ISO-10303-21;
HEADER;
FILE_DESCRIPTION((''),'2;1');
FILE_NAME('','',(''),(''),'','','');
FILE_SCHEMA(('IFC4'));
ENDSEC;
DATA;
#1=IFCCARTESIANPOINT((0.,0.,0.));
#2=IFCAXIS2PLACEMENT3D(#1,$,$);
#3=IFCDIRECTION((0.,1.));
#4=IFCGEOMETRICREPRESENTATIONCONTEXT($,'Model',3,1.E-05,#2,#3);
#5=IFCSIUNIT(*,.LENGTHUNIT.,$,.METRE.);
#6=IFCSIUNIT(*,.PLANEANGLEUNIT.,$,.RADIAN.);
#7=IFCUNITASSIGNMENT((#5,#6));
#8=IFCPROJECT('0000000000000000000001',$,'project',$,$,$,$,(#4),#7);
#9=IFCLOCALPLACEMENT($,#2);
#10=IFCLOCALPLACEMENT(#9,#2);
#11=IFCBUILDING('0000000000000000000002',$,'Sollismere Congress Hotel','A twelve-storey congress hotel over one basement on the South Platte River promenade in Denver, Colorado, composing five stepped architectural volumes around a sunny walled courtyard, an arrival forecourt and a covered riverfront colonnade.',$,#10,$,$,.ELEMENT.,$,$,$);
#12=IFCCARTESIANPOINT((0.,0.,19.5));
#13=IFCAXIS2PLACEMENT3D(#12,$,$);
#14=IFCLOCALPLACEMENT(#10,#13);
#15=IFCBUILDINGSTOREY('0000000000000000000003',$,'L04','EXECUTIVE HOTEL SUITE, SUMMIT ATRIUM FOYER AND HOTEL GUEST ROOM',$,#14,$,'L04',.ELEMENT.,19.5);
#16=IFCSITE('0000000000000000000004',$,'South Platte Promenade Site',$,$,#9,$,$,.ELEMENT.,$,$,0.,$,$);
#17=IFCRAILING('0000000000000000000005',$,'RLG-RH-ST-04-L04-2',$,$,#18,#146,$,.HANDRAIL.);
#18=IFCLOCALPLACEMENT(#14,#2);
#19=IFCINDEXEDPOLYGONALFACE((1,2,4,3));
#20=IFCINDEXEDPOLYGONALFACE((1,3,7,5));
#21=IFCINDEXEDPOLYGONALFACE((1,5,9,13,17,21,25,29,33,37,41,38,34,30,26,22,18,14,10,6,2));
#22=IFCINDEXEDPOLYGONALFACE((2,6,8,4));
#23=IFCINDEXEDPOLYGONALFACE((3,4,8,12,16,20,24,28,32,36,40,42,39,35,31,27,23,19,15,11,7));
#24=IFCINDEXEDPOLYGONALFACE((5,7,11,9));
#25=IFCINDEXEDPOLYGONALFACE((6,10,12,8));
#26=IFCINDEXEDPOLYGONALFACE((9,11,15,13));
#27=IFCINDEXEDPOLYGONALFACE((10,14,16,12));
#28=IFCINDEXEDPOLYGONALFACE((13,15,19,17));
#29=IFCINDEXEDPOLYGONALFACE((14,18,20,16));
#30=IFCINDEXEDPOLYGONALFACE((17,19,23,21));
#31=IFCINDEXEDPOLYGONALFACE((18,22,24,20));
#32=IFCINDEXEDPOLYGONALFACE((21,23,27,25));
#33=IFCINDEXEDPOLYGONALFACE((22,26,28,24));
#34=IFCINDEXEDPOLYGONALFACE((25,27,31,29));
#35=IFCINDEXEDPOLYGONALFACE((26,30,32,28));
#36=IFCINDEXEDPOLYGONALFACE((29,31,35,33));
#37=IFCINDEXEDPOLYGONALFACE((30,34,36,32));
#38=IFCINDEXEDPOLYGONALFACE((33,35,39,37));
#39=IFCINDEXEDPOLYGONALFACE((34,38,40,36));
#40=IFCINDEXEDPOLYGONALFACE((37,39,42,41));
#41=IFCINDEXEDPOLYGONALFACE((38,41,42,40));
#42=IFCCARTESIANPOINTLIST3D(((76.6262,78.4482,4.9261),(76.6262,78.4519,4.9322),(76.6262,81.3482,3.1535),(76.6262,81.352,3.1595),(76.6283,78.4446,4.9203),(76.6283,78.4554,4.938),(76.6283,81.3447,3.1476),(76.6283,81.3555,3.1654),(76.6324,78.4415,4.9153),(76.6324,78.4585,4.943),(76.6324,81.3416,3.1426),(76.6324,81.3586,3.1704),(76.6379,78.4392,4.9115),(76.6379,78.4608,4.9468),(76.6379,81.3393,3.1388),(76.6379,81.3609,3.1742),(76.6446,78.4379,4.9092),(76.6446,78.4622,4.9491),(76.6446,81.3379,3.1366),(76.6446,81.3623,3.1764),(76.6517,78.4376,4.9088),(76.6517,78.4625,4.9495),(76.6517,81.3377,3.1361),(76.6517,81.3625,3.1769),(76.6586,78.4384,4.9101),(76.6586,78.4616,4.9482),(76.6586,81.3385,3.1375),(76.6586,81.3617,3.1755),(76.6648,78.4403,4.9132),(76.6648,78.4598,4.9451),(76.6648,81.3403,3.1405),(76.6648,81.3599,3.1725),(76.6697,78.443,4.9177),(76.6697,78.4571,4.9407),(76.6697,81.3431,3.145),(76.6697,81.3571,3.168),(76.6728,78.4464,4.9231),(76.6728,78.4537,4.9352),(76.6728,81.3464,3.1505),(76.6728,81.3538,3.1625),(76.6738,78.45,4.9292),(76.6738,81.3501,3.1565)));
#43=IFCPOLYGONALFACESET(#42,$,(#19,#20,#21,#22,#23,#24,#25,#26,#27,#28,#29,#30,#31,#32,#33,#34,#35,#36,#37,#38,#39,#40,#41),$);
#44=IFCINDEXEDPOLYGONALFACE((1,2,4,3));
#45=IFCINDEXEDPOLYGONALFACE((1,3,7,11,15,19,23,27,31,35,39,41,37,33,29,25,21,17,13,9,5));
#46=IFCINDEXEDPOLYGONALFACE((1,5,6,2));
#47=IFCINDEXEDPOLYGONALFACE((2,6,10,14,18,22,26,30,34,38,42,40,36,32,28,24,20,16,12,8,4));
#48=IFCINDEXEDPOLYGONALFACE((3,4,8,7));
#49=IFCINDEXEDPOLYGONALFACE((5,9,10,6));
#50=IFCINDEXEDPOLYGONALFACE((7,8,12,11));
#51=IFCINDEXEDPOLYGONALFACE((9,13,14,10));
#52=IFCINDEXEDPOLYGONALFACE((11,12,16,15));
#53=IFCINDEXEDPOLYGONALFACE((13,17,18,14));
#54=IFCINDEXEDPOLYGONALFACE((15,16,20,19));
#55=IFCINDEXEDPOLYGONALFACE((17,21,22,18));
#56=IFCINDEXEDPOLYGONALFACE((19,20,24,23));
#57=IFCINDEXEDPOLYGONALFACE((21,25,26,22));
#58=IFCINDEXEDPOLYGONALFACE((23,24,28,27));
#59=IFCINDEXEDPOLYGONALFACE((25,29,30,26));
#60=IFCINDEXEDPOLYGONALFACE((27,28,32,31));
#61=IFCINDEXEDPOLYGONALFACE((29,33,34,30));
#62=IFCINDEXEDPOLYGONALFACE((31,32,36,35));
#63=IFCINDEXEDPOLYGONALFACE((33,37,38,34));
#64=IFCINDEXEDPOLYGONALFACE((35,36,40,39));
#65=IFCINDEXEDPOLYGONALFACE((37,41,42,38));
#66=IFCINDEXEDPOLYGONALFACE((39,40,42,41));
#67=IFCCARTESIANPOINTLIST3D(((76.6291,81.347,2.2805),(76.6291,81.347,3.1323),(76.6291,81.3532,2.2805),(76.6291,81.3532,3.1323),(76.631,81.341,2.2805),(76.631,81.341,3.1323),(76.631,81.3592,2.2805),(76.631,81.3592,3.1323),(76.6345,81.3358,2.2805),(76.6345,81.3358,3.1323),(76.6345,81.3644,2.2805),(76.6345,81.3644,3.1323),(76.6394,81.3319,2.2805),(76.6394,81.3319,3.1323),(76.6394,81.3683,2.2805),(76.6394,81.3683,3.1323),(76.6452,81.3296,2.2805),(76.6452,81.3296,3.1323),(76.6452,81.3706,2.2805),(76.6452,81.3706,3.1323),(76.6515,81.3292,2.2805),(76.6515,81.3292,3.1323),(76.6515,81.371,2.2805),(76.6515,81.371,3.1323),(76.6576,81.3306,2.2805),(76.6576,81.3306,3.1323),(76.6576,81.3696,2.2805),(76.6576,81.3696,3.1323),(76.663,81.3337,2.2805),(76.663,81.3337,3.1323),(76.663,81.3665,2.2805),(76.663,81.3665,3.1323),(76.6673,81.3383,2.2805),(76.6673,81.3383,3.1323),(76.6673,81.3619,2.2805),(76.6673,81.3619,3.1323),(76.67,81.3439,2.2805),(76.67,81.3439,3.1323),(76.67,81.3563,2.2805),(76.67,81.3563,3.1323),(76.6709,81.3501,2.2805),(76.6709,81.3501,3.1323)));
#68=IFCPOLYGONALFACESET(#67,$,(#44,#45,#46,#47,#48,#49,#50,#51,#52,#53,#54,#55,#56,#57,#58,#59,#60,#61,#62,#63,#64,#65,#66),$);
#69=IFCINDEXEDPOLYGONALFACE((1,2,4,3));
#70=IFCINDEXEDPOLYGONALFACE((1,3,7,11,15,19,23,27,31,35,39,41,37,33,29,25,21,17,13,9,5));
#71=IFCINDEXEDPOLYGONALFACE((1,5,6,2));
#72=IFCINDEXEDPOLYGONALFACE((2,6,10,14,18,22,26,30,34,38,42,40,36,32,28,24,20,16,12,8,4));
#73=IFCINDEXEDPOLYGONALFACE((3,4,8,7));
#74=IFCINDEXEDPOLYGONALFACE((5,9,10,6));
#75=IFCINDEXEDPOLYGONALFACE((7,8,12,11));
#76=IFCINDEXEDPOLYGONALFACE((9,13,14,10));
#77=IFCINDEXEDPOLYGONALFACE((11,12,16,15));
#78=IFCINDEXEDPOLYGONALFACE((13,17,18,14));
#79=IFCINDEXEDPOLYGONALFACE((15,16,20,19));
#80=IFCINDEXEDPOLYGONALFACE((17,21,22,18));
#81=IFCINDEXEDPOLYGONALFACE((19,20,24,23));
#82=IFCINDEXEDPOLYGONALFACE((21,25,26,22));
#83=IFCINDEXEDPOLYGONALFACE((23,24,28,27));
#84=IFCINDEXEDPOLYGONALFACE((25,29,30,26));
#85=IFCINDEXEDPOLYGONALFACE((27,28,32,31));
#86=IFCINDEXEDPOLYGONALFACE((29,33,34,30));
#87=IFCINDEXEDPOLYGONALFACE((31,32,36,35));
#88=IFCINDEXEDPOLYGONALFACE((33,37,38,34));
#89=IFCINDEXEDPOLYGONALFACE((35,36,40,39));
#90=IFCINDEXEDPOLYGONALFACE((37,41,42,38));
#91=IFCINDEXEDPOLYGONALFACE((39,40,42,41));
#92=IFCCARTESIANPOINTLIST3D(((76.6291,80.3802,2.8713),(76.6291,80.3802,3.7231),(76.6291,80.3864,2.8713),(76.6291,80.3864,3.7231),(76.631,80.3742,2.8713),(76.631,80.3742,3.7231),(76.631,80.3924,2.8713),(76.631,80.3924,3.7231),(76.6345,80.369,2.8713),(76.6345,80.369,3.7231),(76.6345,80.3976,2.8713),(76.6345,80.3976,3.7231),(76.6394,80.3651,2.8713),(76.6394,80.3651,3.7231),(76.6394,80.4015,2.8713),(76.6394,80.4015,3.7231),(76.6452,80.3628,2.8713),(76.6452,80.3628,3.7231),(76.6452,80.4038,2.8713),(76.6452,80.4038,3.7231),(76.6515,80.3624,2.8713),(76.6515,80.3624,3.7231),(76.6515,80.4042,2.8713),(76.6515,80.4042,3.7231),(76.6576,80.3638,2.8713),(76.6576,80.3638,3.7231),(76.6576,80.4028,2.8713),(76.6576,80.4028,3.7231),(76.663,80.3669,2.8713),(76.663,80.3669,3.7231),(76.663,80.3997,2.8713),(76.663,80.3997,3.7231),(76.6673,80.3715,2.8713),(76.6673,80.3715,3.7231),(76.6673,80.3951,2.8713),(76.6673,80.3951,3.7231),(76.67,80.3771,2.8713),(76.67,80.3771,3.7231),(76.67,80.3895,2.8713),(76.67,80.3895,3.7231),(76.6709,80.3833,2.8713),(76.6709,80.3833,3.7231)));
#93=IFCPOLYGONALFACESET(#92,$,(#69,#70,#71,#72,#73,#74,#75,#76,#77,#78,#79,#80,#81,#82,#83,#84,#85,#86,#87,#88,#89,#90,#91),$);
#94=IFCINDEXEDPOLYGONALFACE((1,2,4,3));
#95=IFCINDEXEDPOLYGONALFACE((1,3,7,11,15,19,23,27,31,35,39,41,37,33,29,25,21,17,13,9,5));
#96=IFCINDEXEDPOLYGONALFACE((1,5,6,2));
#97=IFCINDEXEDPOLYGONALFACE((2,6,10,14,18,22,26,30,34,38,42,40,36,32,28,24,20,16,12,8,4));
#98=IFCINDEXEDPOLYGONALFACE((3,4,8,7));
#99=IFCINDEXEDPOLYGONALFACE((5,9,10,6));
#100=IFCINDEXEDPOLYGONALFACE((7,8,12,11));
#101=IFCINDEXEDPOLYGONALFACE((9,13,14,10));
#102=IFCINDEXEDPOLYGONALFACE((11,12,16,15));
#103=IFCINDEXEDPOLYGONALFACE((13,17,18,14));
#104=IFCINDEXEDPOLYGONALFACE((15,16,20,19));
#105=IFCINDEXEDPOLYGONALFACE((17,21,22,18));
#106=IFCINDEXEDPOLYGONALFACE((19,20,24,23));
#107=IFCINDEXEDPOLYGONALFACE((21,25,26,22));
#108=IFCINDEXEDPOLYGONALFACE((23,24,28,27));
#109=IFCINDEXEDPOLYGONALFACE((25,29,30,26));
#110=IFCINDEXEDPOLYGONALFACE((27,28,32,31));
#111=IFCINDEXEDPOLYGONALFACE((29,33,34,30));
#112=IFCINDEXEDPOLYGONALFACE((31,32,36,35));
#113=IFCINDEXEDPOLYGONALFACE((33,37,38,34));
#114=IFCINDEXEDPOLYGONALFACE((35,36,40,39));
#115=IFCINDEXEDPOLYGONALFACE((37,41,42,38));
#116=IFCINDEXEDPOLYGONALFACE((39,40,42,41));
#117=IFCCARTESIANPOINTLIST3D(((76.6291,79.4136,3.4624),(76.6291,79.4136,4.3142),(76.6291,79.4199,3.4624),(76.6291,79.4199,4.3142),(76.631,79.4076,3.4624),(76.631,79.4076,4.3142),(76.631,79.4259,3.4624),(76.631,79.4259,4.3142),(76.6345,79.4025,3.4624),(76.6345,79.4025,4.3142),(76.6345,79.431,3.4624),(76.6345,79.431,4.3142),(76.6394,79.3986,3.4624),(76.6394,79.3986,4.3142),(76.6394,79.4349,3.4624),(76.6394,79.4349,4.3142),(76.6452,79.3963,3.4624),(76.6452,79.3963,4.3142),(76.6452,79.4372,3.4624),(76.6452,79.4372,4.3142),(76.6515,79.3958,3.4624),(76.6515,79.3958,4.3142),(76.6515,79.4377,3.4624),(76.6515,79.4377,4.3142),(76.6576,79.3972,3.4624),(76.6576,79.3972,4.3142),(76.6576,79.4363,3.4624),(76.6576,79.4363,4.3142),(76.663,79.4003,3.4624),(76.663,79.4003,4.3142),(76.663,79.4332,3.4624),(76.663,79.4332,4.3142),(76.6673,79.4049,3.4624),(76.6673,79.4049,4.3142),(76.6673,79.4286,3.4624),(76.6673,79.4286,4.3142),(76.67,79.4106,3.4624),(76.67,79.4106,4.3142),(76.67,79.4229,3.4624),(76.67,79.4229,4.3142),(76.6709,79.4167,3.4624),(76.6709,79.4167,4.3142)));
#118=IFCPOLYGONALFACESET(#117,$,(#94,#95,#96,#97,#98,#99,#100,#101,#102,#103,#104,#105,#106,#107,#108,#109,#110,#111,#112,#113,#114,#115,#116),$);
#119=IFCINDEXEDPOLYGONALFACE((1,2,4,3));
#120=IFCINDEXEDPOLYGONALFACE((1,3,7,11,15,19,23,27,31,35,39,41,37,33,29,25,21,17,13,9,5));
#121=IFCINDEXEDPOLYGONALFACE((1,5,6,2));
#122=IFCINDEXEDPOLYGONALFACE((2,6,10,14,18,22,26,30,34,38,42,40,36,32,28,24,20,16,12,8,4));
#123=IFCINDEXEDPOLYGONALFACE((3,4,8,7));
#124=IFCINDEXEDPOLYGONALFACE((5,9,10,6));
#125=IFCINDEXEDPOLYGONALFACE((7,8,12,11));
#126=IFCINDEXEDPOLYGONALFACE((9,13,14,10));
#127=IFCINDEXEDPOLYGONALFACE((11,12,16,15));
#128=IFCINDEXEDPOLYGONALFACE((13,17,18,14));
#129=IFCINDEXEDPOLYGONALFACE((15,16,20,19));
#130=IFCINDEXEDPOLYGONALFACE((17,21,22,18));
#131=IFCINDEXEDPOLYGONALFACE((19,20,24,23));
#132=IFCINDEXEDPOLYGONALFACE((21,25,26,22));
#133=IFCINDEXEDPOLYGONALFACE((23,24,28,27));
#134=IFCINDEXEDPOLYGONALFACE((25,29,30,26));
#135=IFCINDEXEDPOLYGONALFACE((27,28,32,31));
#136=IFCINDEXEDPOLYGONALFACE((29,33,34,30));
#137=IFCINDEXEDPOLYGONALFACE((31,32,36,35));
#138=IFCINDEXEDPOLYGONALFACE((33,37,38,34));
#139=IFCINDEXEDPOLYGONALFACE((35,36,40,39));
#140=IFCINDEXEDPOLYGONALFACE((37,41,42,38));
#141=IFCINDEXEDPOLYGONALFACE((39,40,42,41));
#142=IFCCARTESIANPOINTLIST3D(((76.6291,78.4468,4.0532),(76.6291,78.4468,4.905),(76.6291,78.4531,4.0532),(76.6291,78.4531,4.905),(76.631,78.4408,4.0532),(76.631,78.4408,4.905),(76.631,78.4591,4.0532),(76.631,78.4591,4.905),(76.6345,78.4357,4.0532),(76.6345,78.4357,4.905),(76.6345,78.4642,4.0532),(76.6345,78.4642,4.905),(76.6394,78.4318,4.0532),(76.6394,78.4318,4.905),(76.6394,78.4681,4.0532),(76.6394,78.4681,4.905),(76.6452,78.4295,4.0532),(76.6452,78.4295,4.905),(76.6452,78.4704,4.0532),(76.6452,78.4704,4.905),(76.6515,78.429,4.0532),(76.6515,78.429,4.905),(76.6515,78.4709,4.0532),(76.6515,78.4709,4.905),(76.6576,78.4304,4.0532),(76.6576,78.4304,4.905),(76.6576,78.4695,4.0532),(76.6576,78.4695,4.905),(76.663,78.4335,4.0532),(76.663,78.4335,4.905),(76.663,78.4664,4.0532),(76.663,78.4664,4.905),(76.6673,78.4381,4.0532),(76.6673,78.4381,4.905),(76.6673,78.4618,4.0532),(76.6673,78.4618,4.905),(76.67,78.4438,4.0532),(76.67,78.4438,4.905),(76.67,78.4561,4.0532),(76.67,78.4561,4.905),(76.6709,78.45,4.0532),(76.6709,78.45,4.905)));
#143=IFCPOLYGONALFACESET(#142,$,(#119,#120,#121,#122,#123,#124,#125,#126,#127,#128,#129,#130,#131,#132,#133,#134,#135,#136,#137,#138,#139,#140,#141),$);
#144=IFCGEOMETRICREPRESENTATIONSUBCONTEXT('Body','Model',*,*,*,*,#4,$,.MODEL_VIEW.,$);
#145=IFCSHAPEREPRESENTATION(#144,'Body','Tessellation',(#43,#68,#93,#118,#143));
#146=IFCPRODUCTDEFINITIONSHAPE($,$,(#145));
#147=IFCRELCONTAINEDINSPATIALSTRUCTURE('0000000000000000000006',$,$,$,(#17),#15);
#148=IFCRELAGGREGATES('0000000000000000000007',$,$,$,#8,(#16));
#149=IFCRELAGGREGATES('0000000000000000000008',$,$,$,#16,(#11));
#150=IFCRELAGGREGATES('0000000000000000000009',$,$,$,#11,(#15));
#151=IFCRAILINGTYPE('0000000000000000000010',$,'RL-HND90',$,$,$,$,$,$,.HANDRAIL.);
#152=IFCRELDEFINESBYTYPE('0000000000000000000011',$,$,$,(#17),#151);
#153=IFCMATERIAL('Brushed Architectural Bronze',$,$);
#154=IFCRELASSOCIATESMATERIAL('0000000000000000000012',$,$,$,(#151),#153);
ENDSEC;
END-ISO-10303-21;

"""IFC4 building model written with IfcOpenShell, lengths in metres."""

from ifc_helpers import new_model, si_unit, direction, frame, origin, origin_2d, place, context, subcontext, project, spatial, circle, extrude, material, type_object, element, save


model = new_model("IFC4")

# Units and contexts
model_context = context("Model", 3, precision=1e-05, world=origin(), true_north=direction((0.0, 1.0)))
body_context = subcontext(model_context, "Body", "Model", "MODEL_VIEW")
ifc_project = project(units=[si_unit("LENGTHUNIT", "METRE"), si_unit("PLANEANGLEUNIT", "RADIAN")], contexts=[model_context])

# Site, building, storey
site_placement = place(None, origin())
site = spatial("IfcSite", under=ifc_project, at=site_placement, Name="South Platte Promenade Site", CompositionType="ELEMENT", RefElevation=0.0)
building_placement = place(site_placement, origin())
building = spatial("IfcBuilding", under=site, at=building_placement, Name="Sollismere Congress Hotel", Description="A twelve-storey congress hotel over one basement on the South Platte River promenade in Denver, Colorado, composing five stepped architectural volumes around a sunny walled courtyard, an arrival forecourt and a covered riverfront colonnade.", CompositionType="ELEMENT")
storey_placement = place(building_placement, frame((0.0, 0.0, 19.5)))
storey = spatial("IfcBuildingStorey", under=building, at=storey_placement, Name="L04", Description="EXECUTIVE HOTEL SUITE, SUMMIT ATRIUM FOYER AND HOTEL GUEST ROOM", LongName="L04", CompositionType="ELEMENT", Elevation=19.5)

# Railing
ifc_material_1 = material(Name="Brushed Architectural Bronze")
railing_type_1 = type_object("IfcRailingType", Name="RL-HND90", PredefinedType="HANDRAIL", material=ifc_material_1)
railing_1_placement = place(storey_placement, frame((76.6499, 81.3501, 2.2805)))
element("IfcRailing", 1, at=railing_1_placement, inside=storey, type_object=railing_type_1, Name="RLG-RH-ST-04-L04-2", PredefinedType="HANDRAIL", context=body_context, shape_type="SweptSolid", body=[
    extrude(circle(Radius=0.0239, at=origin_2d()), frame((0.0, 0.0, 0.876), z_axis=(0.0, -0.85323, 0.521534), x_axis=(1.0, 0.0, 0.0)), (0.0, 0.0, 1.0), 3.3989),
    extrude(circle(Radius=0.021, at=origin_2d()), origin(), (0.0, 0.0, 1.0), 0.8518),
    extrude(circle(Radius=0.021, at=origin_2d()), frame((0.0, -0.9668, 0.5908)), (0.0, 0.0, 1.0), 0.8518),
    extrude(circle(Radius=0.021, at=origin_2d()), frame((0.0, -1.9333, 1.1819)), (0.0, 0.0, 1.0), 0.8518),
    extrude(circle(Radius=0.021, at=origin_2d()), frame((0.0, -2.9001, 1.7727)), (0.0, 0.0, 1.0), 0.8518),
])

save(model, "model.ifc")
